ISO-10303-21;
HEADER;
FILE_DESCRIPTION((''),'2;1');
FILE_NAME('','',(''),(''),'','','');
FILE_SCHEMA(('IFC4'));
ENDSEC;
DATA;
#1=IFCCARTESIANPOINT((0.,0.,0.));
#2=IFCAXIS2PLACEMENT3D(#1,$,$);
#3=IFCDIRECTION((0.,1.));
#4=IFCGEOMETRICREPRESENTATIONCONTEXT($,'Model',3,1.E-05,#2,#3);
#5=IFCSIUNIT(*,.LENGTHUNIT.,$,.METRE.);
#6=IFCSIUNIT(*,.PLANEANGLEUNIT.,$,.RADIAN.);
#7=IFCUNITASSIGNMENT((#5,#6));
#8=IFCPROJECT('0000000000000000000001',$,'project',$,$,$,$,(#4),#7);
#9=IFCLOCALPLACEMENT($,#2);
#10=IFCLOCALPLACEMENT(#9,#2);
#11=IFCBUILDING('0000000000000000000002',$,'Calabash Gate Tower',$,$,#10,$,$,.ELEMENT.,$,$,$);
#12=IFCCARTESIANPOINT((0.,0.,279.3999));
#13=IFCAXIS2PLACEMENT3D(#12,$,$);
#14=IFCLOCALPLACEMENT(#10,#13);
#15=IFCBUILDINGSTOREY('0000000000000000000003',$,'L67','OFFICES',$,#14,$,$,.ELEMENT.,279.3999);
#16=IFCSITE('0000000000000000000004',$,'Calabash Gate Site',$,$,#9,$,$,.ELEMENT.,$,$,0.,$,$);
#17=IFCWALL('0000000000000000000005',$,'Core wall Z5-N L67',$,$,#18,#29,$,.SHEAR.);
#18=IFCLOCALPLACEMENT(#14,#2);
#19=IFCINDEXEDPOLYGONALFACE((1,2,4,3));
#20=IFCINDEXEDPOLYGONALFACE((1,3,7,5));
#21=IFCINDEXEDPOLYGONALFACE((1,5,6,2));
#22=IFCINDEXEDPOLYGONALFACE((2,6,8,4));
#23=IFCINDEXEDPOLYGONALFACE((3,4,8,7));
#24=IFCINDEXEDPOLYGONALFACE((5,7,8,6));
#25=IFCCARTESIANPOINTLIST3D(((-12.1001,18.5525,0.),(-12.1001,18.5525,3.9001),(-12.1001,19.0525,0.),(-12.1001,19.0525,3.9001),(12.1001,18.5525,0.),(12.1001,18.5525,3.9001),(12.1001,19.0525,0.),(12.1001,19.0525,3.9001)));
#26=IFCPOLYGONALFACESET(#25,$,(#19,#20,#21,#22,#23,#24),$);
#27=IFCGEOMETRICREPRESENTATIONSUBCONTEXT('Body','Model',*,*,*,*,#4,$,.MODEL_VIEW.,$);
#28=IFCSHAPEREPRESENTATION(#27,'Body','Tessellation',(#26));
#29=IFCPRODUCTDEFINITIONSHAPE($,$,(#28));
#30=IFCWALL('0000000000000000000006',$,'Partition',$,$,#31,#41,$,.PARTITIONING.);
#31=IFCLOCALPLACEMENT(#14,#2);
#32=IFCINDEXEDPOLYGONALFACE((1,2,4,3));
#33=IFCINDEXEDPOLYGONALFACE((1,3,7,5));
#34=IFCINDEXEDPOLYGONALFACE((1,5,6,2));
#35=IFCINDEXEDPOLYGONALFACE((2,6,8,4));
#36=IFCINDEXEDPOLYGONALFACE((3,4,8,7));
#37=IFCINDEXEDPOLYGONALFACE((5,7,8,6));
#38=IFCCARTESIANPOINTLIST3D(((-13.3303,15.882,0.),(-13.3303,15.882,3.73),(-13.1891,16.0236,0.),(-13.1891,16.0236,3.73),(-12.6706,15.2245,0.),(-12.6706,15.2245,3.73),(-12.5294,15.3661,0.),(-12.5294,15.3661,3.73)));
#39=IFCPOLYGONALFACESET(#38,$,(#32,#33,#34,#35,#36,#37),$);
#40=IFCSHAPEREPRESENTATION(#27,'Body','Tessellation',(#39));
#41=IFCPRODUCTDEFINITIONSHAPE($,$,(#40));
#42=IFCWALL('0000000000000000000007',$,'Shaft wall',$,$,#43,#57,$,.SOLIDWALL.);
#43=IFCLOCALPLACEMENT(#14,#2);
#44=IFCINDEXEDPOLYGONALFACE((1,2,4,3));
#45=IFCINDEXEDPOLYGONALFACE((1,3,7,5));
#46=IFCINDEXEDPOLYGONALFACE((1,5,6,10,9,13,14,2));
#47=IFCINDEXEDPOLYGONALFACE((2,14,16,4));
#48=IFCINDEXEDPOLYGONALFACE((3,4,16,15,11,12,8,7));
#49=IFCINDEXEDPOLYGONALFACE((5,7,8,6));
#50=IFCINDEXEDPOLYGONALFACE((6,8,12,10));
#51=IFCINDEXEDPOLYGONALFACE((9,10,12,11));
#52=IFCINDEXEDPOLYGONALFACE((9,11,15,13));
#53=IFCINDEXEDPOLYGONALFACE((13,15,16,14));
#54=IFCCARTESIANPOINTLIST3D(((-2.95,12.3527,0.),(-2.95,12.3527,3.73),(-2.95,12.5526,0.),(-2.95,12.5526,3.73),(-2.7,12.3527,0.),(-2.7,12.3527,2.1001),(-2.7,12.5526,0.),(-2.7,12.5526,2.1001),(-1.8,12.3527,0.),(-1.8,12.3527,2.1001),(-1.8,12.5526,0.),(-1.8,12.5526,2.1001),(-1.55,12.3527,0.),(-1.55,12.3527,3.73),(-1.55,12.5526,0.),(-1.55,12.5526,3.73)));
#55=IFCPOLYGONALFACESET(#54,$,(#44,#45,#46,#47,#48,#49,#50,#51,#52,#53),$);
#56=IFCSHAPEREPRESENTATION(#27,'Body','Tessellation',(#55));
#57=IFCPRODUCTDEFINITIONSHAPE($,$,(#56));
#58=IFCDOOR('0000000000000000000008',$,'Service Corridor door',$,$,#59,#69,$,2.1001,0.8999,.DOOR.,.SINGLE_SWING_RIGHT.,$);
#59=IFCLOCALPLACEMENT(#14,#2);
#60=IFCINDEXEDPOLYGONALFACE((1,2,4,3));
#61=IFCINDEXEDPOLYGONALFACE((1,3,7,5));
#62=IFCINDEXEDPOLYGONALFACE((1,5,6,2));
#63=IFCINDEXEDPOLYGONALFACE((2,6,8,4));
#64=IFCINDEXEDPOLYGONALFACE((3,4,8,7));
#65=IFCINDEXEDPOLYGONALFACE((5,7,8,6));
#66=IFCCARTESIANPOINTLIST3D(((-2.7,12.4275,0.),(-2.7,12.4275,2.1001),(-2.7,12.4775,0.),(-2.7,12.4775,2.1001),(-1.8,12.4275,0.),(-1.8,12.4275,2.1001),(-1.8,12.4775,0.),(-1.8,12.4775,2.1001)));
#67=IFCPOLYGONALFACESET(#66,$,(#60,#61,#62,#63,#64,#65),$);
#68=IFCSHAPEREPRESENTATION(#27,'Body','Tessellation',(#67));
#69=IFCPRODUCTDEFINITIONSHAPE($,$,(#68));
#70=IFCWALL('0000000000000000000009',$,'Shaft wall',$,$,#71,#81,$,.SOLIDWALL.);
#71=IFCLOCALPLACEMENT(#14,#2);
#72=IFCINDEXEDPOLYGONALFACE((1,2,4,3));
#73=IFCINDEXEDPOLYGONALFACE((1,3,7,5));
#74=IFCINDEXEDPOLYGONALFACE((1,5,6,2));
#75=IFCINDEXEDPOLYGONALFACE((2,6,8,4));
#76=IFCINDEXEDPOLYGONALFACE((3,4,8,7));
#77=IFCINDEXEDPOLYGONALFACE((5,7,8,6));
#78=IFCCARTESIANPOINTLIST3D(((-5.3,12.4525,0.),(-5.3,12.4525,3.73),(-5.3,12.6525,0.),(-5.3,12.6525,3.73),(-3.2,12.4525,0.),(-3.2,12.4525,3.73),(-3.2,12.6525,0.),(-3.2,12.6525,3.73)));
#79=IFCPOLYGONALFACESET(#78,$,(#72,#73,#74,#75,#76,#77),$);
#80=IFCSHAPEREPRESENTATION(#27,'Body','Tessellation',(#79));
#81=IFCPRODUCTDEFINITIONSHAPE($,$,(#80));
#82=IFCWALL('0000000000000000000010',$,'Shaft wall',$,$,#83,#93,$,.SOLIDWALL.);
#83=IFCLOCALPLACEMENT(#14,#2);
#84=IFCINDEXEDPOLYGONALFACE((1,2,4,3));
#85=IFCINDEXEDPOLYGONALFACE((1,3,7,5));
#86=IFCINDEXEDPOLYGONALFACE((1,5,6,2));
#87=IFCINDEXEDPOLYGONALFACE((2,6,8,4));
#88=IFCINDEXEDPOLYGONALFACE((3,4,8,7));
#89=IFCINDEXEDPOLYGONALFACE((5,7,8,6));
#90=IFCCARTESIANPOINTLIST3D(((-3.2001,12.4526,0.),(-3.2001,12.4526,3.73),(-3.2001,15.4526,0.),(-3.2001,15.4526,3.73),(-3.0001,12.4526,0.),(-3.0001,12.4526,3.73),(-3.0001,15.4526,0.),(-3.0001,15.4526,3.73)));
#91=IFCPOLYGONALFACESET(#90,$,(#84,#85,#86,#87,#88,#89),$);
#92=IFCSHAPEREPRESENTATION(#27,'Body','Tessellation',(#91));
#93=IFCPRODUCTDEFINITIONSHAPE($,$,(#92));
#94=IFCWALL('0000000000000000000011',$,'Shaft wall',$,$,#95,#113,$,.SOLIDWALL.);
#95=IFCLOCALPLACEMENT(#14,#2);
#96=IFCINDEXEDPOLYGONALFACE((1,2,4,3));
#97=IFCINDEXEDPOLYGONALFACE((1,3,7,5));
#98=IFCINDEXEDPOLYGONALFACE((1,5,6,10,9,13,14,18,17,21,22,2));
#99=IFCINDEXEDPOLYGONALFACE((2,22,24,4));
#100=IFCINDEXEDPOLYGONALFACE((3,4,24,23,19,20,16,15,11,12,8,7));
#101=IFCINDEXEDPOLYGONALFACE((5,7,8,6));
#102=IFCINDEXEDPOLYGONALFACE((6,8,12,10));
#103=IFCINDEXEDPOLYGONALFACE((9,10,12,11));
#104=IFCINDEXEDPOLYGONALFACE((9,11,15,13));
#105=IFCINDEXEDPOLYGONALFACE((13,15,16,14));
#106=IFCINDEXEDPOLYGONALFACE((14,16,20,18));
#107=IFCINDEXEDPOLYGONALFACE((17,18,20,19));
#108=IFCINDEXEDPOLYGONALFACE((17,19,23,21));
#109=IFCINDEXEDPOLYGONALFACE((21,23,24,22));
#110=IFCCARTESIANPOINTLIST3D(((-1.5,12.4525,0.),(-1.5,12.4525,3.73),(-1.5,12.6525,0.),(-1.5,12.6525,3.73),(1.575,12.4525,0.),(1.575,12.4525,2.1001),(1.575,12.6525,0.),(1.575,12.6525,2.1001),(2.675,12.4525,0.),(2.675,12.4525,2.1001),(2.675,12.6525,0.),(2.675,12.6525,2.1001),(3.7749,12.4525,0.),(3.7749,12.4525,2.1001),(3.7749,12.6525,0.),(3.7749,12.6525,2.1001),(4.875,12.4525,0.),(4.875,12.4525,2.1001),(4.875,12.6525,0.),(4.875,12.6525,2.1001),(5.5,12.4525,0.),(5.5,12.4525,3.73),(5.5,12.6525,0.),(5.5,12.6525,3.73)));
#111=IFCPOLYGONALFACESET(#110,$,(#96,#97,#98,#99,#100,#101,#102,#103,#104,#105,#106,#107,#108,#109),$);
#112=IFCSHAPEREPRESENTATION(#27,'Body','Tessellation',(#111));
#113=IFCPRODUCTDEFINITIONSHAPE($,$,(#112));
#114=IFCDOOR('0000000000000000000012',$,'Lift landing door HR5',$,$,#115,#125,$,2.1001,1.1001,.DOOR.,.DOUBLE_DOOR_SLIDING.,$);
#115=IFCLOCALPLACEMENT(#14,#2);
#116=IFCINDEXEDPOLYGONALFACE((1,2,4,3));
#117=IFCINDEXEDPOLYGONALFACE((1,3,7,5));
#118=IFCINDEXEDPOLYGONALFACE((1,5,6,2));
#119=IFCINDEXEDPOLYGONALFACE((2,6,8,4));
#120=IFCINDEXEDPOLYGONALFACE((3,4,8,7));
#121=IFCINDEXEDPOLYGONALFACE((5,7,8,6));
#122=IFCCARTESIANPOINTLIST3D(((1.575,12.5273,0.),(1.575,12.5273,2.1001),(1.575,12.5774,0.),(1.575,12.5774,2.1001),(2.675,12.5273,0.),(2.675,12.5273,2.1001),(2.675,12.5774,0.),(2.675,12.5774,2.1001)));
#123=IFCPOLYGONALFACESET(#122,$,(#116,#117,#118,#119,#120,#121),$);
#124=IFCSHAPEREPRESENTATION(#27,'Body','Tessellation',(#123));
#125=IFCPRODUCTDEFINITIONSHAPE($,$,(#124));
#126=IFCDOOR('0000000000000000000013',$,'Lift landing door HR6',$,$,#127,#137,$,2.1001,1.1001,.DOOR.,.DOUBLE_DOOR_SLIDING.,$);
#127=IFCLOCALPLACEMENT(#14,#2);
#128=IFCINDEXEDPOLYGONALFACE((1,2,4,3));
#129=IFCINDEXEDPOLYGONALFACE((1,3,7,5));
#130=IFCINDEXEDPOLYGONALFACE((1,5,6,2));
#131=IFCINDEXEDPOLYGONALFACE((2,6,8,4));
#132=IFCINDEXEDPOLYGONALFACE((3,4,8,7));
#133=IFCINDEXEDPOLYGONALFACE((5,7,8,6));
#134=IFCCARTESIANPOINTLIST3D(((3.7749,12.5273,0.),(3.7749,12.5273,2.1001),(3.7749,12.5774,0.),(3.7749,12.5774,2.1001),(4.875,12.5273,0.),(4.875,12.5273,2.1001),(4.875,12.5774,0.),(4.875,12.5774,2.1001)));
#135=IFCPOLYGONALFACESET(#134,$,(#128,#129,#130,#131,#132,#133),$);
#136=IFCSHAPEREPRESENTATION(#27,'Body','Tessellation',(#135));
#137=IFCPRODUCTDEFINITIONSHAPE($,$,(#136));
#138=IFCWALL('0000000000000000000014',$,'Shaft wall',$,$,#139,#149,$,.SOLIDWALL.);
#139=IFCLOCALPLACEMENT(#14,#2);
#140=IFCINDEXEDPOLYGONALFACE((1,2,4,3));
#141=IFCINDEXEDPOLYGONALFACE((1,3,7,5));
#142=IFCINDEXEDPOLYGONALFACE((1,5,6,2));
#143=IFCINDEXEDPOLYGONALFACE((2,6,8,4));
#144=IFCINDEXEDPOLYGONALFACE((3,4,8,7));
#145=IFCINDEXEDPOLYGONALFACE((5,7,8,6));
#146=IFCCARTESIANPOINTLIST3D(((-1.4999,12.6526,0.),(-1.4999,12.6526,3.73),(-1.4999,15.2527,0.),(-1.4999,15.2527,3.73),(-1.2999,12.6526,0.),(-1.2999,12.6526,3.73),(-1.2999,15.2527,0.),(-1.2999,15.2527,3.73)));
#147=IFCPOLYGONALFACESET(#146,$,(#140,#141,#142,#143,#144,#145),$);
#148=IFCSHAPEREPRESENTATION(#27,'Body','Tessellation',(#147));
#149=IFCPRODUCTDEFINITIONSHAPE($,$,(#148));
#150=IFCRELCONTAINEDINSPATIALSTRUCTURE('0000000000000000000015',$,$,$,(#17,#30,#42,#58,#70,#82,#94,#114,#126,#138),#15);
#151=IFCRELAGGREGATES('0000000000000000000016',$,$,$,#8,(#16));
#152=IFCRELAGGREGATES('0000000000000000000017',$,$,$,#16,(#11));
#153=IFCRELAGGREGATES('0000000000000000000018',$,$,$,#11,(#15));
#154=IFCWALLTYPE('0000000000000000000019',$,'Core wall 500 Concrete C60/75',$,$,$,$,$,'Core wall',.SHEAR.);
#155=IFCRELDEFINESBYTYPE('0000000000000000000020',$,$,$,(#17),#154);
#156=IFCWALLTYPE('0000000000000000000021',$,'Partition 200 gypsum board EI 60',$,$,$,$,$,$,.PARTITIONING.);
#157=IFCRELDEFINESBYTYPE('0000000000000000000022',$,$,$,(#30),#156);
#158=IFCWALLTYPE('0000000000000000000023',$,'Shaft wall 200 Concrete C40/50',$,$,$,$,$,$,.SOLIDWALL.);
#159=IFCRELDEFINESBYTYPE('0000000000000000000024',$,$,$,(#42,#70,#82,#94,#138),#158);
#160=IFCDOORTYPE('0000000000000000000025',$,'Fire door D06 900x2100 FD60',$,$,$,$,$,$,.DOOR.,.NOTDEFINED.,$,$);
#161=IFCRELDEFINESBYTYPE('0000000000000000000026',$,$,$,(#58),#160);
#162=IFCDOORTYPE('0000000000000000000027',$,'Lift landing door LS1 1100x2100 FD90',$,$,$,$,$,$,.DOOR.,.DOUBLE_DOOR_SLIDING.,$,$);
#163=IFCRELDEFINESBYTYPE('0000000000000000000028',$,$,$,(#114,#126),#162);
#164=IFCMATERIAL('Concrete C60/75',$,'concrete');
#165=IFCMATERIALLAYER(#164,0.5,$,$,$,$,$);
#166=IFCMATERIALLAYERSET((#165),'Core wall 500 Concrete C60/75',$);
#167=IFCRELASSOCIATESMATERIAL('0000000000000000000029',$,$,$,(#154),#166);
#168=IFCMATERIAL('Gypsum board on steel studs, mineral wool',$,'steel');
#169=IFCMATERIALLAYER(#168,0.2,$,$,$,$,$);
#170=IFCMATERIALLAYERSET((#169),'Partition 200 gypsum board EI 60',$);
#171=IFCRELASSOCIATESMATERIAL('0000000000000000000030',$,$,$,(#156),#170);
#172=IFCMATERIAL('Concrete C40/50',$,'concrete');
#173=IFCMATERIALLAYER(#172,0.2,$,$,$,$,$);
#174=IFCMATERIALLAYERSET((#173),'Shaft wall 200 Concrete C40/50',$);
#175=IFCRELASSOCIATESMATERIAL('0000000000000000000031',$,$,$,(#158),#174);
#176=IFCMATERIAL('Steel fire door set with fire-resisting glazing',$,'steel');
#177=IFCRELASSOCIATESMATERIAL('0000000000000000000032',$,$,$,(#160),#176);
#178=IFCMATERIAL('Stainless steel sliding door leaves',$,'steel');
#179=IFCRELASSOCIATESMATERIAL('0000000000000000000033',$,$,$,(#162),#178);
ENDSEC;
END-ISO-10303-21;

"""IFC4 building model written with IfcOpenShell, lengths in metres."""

from ifc_helpers import new_model, si_unit, direction, frame, frame_2d, origin, place, context, subcontext, project, spatial, rectangle, extrude, material, layer, layer_set, type_object, element, fill, save


model = new_model("IFC4")

# Units and contexts
model_context = context("Model", 3, precision=1e-05, world=origin(), true_north=direction((0.0, 1.0)))
body_context = subcontext(model_context, "Body", "Model", "MODEL_VIEW")
ifc_project = project(units=[si_unit("LENGTHUNIT", "METRE"), si_unit("PLANEANGLEUNIT", "RADIAN")], contexts=[model_context])

# Site, building, storey
site_placement = place(None, origin())
site = spatial("IfcSite", under=ifc_project, at=site_placement, Name="Calabash Gate Site", CompositionType="ELEMENT", RefElevation=0.0)
building_placement = place(site_placement, origin())
building = spatial("IfcBuilding", under=site, at=building_placement, Name="Calabash Gate Tower", CompositionType="ELEMENT")
storey_placement = place(building_placement, frame((0.0, 0.0, 279.3999)))
storey = spatial("IfcBuildingStorey", under=building, at=storey_placement, Name="L67", Description="OFFICES", CompositionType="ELEMENT", Elevation=279.3999)

# Walls
ifc_material_1 = material(Name="Concrete C60/75", Category="concrete")
ifc_layer_1 = layer(ifc_material_1, 0.5)
ifc_layer_set_1 = layer_set([ifc_layer_1], Name="Core wall 500 Concrete C60/75")
wall_type_1 = type_object("IfcWallType", Name="Core wall 500 Concrete C60/75", ElementType="Core wall", PredefinedType="SHEAR", material=ifc_layer_set_1)
wall_1_placement = place(storey_placement, frame((-12.1001, 18.8025, 0.0), z_axis=(0.0, 0.0, 1.0), x_axis=(1.0, 0.0, 0.0)))
element("IfcWall", 1, at=wall_1_placement, inside=storey, type_object=wall_type_1, Name="Core wall Z5-N L67", PredefinedType="SHEAR", context=body_context, shape_type="SweptSolid", body=[
    extrude(rectangle(XDim=24.2002, YDim=0.5, at=frame_2d((12.1001, 0.0))), origin(), (0.0, 0.0, 1.0), 3.9001),
])
ifc_material_2 = material(Name="Gypsum board on steel studs, mineral wool", Category="steel")
ifc_layer_2 = layer(ifc_material_2, 0.2)
ifc_layer_set_2 = layer_set([ifc_layer_2], Name="Partition 200 gypsum board EI 60")
wall_type_2 = type_object("IfcWallType", Name="Partition 200 gypsum board EI 60", PredefinedType="PARTITIONING", material=ifc_layer_set_2)
wall_2_placement = place(storey_placement, frame((-13.2598, 15.9529, 0.0), z_axis=(0.0, 0.0, 1.0), x_axis=(0.708285, -0.705926, 0.0)))
element("IfcWall", 2, at=wall_2_placement, inside=storey, type_object=wall_type_2, Name="Partition", PredefinedType="PARTITIONING", context=body_context, shape_type="SweptSolid", body=[
    extrude(rectangle(XDim=0.9314, YDim=0.2, at=frame_2d((0.4658, 0.0))), origin(), (0.0, 0.0, 1.0), 3.73),
])

# Wall, opening, door
ifc_material_3 = material(Name="Concrete C40/50", Category="concrete")
ifc_layer_3 = layer(ifc_material_3, 0.2)
ifc_layer_set_3 = layer_set([ifc_layer_3], Name="Shaft wall 200 Concrete C40/50")
wall_type_3 = type_object("IfcWallType", Name="Shaft wall 200 Concrete C40/50", PredefinedType="SOLIDWALL", material=ifc_layer_set_3)
wall_3_placement = place(storey_placement, frame((-2.95, 12.4526, 0.0), z_axis=(0.0, 0.0, 1.0), x_axis=(1.0, 0.0, 0.0)))
wall_3 = element("IfcWall", 3, at=wall_3_placement, inside=storey, type_object=wall_type_3, Name="Shaft wall", PredefinedType="SOLIDWALL", context=body_context, shape_type="SweptSolid", body=[
    extrude(rectangle(XDim=1.3999, YDim=0.2, at=frame_2d((0.7, 0.0))), origin(), (0.0, 0.0, 1.0), 3.73),
])
opening_1_placement = place(wall_3_placement, frame((0.25, 0.0, 0.0)))
opening_1 = element("IfcOpeningElement", 4, at=opening_1_placement, cuts=wall_3, PredefinedType="OPENING", context=body_context, shape_type="SweptSolid", body=[
    extrude(rectangle(XDim=0.8999, YDim=2.1001, at=frame_2d((0.45, 1.05))), frame((0.0, 0.1099, 0.0), z_axis=(0.0, -1.0, 0.0), x_axis=(1.0, 0.0, 0.0)), (0.0, 0.0, 1.0), 0.22),
])
ifc_material_4 = material(Name="Steel fire door set with fire-resisting glazing", Category="steel")
door_type_1 = type_object("IfcDoorType", Name="Fire door D06 900x2100 FD60", OperationType="NOTDEFINED", PredefinedType="DOOR", material=ifc_material_4)
door_1_placement = place(opening_1_placement, origin())
door_1 = element("IfcDoor", 5, at=door_1_placement, inside=storey, type_object=door_type_1, Name="Service Corridor door", OperationType="SINGLE_SWING_RIGHT", OverallHeight=2.1001, OverallWidth=0.8999, PredefinedType="DOOR", context=body_context, shape_type="SweptSolid", body=[
    extrude(rectangle(XDim=0.8999, YDim=2.1001, at=frame_2d((0.45, 1.05))), frame((0.0, 0.0249, 0.0), z_axis=(0.0, -1.0, 0.0), x_axis=(1.0, 0.0, 0.0)), (0.0, 0.0, 1.0), 0.05),
])
fill(opening_1, door_1)

# Walls
wall_4_placement = place(storey_placement, frame((-5.3, 12.5525, 0.0), z_axis=(0.0, 0.0, 1.0), x_axis=(1.0, 0.0, 0.0)))
element("IfcWall", 6, at=wall_4_placement, inside=storey, type_object=wall_type_3, Name="Shaft wall", PredefinedType="SOLIDWALL", context=body_context, shape_type="SweptSolid", body=[
    extrude(rectangle(XDim=2.1001, YDim=0.2, at=frame_2d((1.05, 0.0))), origin(), (0.0, 0.0, 1.0), 3.73),
])
wall_5_placement = place(storey_placement, frame((-3.1001, 12.4526, 0.0), z_axis=(0.0, 0.0, 1.0), x_axis=(0.0, 1.0, 0.0)))
element("IfcWall", 7, at=wall_5_placement, inside=storey, type_object=wall_type_3, Name="Shaft wall", PredefinedType="SOLIDWALL", context=body_context, shape_type="SweptSolid", body=[
    extrude(rectangle(XDim=3.0, YDim=0.2, at=frame_2d((1.5, 0.0))), origin(), (0.0, 0.0, 1.0), 3.73),
])

# Wall, openings, doors
wall_6_placement = place(storey_placement, frame((-1.5, 12.5525, 0.0), z_axis=(0.0, 0.0, 1.0), x_axis=(1.0, 0.0, 0.0)))
wall_6 = element("IfcWall", 8, at=wall_6_placement, inside=storey, type_object=wall_type_3, Name="Shaft wall", PredefinedType="SOLIDWALL", context=body_context, shape_type="SweptSolid", body=[
    extrude(rectangle(XDim=7.0, YDim=0.2, at=frame_2d((3.5, 0.0))), origin(), (0.0, 0.0, 1.0), 3.73),
])
opening_2_placement = place(wall_6_placement, frame((3.075, 0.0, 0.0)))
opening_2 = element("IfcOpeningElement", 9, at=opening_2_placement, cuts=wall_6, PredefinedType="OPENING", context=body_context, shape_type="SweptSolid", body=[
    extrude(rectangle(XDim=1.1001, YDim=2.1001, at=frame_2d((0.55, 1.05))), frame((0.0, 0.1099, 0.0), z_axis=(0.0, -1.0, 0.0), x_axis=(1.0, 0.0, 0.0)), (0.0, 0.0, 1.0), 0.22),
])
opening_3_placement = place(wall_6_placement, frame((5.2749, 0.0, 0.0)))
opening_3 = element("IfcOpeningElement", 10, at=opening_3_placement, cuts=wall_6, PredefinedType="OPENING", context=body_context, shape_type="SweptSolid", body=[
    extrude(rectangle(XDim=1.1001, YDim=2.1001, at=frame_2d((0.55, 1.05))), frame((0.0, 0.1099, 0.0), z_axis=(0.0, -1.0, 0.0), x_axis=(1.0, 0.0, 0.0)), (0.0, 0.0, 1.0), 0.22),
])
ifc_material_5 = material(Name="Stainless steel sliding door leaves", Category="steel")
door_type_2 = type_object("IfcDoorType", Name="Lift landing door LS1 1100x2100 FD90", OperationType="DOUBLE_DOOR_SLIDING", PredefinedType="DOOR", material=ifc_material_5)
door_2_placement = place(opening_2_placement, origin())
door_2 = element("IfcDoor", 11, at=door_2_placement, inside=storey, type_object=door_type_2, Name="Lift landing door HR5", OperationType="DOUBLE_DOOR_SLIDING", OverallHeight=2.1001, OverallWidth=1.1001, PredefinedType="DOOR", context=body_context, shape_type="SweptSolid", body=[
    extrude(rectangle(XDim=1.1001, YDim=2.1001, at=frame_2d((0.55, 1.05))), frame((0.0, 0.0249, 0.0), z_axis=(0.0, -1.0, 0.0), x_axis=(1.0, 0.0, 0.0)), (0.0, 0.0, 1.0), 0.05),
])
fill(opening_2, door_2)
door_3_placement = place(opening_3_placement, origin())
door_3 = element("IfcDoor", 12, at=door_3_placement, inside=storey, type_object=door_type_2, Name="Lift landing door HR6", OperationType="DOUBLE_DOOR_SLIDING", OverallHeight=2.1001, OverallWidth=1.1001, PredefinedType="DOOR", context=body_context, shape_type="SweptSolid", body=[
    extrude(rectangle(XDim=1.1001, YDim=2.1001, at=frame_2d((0.55, 1.05))), frame((0.0, 0.0249, 0.0), z_axis=(0.0, -1.0, 0.0), x_axis=(1.0, 0.0, 0.0)), (0.0, 0.0, 1.0), 0.05),
])
fill(opening_3, door_3)

# Wall
wall_7_placement = place(storey_placement, frame((-1.3999, 12.6526, 0.0), z_axis=(0.0, 0.0, 1.0), x_axis=(0.0, 1.0, 0.0)))
element("IfcWall", 13, at=wall_7_placement, inside=storey, type_object=wall_type_3, Name="Shaft wall", PredefinedType="SOLIDWALL", context=body_context, shape_type="SweptSolid", body=[
    extrude(rectangle(XDim=2.6001, YDim=0.2, at=frame_2d((1.3, 0.0))), origin(), (0.0, 0.0, 1.0), 3.73),
])

save(model, "model.ifc")
